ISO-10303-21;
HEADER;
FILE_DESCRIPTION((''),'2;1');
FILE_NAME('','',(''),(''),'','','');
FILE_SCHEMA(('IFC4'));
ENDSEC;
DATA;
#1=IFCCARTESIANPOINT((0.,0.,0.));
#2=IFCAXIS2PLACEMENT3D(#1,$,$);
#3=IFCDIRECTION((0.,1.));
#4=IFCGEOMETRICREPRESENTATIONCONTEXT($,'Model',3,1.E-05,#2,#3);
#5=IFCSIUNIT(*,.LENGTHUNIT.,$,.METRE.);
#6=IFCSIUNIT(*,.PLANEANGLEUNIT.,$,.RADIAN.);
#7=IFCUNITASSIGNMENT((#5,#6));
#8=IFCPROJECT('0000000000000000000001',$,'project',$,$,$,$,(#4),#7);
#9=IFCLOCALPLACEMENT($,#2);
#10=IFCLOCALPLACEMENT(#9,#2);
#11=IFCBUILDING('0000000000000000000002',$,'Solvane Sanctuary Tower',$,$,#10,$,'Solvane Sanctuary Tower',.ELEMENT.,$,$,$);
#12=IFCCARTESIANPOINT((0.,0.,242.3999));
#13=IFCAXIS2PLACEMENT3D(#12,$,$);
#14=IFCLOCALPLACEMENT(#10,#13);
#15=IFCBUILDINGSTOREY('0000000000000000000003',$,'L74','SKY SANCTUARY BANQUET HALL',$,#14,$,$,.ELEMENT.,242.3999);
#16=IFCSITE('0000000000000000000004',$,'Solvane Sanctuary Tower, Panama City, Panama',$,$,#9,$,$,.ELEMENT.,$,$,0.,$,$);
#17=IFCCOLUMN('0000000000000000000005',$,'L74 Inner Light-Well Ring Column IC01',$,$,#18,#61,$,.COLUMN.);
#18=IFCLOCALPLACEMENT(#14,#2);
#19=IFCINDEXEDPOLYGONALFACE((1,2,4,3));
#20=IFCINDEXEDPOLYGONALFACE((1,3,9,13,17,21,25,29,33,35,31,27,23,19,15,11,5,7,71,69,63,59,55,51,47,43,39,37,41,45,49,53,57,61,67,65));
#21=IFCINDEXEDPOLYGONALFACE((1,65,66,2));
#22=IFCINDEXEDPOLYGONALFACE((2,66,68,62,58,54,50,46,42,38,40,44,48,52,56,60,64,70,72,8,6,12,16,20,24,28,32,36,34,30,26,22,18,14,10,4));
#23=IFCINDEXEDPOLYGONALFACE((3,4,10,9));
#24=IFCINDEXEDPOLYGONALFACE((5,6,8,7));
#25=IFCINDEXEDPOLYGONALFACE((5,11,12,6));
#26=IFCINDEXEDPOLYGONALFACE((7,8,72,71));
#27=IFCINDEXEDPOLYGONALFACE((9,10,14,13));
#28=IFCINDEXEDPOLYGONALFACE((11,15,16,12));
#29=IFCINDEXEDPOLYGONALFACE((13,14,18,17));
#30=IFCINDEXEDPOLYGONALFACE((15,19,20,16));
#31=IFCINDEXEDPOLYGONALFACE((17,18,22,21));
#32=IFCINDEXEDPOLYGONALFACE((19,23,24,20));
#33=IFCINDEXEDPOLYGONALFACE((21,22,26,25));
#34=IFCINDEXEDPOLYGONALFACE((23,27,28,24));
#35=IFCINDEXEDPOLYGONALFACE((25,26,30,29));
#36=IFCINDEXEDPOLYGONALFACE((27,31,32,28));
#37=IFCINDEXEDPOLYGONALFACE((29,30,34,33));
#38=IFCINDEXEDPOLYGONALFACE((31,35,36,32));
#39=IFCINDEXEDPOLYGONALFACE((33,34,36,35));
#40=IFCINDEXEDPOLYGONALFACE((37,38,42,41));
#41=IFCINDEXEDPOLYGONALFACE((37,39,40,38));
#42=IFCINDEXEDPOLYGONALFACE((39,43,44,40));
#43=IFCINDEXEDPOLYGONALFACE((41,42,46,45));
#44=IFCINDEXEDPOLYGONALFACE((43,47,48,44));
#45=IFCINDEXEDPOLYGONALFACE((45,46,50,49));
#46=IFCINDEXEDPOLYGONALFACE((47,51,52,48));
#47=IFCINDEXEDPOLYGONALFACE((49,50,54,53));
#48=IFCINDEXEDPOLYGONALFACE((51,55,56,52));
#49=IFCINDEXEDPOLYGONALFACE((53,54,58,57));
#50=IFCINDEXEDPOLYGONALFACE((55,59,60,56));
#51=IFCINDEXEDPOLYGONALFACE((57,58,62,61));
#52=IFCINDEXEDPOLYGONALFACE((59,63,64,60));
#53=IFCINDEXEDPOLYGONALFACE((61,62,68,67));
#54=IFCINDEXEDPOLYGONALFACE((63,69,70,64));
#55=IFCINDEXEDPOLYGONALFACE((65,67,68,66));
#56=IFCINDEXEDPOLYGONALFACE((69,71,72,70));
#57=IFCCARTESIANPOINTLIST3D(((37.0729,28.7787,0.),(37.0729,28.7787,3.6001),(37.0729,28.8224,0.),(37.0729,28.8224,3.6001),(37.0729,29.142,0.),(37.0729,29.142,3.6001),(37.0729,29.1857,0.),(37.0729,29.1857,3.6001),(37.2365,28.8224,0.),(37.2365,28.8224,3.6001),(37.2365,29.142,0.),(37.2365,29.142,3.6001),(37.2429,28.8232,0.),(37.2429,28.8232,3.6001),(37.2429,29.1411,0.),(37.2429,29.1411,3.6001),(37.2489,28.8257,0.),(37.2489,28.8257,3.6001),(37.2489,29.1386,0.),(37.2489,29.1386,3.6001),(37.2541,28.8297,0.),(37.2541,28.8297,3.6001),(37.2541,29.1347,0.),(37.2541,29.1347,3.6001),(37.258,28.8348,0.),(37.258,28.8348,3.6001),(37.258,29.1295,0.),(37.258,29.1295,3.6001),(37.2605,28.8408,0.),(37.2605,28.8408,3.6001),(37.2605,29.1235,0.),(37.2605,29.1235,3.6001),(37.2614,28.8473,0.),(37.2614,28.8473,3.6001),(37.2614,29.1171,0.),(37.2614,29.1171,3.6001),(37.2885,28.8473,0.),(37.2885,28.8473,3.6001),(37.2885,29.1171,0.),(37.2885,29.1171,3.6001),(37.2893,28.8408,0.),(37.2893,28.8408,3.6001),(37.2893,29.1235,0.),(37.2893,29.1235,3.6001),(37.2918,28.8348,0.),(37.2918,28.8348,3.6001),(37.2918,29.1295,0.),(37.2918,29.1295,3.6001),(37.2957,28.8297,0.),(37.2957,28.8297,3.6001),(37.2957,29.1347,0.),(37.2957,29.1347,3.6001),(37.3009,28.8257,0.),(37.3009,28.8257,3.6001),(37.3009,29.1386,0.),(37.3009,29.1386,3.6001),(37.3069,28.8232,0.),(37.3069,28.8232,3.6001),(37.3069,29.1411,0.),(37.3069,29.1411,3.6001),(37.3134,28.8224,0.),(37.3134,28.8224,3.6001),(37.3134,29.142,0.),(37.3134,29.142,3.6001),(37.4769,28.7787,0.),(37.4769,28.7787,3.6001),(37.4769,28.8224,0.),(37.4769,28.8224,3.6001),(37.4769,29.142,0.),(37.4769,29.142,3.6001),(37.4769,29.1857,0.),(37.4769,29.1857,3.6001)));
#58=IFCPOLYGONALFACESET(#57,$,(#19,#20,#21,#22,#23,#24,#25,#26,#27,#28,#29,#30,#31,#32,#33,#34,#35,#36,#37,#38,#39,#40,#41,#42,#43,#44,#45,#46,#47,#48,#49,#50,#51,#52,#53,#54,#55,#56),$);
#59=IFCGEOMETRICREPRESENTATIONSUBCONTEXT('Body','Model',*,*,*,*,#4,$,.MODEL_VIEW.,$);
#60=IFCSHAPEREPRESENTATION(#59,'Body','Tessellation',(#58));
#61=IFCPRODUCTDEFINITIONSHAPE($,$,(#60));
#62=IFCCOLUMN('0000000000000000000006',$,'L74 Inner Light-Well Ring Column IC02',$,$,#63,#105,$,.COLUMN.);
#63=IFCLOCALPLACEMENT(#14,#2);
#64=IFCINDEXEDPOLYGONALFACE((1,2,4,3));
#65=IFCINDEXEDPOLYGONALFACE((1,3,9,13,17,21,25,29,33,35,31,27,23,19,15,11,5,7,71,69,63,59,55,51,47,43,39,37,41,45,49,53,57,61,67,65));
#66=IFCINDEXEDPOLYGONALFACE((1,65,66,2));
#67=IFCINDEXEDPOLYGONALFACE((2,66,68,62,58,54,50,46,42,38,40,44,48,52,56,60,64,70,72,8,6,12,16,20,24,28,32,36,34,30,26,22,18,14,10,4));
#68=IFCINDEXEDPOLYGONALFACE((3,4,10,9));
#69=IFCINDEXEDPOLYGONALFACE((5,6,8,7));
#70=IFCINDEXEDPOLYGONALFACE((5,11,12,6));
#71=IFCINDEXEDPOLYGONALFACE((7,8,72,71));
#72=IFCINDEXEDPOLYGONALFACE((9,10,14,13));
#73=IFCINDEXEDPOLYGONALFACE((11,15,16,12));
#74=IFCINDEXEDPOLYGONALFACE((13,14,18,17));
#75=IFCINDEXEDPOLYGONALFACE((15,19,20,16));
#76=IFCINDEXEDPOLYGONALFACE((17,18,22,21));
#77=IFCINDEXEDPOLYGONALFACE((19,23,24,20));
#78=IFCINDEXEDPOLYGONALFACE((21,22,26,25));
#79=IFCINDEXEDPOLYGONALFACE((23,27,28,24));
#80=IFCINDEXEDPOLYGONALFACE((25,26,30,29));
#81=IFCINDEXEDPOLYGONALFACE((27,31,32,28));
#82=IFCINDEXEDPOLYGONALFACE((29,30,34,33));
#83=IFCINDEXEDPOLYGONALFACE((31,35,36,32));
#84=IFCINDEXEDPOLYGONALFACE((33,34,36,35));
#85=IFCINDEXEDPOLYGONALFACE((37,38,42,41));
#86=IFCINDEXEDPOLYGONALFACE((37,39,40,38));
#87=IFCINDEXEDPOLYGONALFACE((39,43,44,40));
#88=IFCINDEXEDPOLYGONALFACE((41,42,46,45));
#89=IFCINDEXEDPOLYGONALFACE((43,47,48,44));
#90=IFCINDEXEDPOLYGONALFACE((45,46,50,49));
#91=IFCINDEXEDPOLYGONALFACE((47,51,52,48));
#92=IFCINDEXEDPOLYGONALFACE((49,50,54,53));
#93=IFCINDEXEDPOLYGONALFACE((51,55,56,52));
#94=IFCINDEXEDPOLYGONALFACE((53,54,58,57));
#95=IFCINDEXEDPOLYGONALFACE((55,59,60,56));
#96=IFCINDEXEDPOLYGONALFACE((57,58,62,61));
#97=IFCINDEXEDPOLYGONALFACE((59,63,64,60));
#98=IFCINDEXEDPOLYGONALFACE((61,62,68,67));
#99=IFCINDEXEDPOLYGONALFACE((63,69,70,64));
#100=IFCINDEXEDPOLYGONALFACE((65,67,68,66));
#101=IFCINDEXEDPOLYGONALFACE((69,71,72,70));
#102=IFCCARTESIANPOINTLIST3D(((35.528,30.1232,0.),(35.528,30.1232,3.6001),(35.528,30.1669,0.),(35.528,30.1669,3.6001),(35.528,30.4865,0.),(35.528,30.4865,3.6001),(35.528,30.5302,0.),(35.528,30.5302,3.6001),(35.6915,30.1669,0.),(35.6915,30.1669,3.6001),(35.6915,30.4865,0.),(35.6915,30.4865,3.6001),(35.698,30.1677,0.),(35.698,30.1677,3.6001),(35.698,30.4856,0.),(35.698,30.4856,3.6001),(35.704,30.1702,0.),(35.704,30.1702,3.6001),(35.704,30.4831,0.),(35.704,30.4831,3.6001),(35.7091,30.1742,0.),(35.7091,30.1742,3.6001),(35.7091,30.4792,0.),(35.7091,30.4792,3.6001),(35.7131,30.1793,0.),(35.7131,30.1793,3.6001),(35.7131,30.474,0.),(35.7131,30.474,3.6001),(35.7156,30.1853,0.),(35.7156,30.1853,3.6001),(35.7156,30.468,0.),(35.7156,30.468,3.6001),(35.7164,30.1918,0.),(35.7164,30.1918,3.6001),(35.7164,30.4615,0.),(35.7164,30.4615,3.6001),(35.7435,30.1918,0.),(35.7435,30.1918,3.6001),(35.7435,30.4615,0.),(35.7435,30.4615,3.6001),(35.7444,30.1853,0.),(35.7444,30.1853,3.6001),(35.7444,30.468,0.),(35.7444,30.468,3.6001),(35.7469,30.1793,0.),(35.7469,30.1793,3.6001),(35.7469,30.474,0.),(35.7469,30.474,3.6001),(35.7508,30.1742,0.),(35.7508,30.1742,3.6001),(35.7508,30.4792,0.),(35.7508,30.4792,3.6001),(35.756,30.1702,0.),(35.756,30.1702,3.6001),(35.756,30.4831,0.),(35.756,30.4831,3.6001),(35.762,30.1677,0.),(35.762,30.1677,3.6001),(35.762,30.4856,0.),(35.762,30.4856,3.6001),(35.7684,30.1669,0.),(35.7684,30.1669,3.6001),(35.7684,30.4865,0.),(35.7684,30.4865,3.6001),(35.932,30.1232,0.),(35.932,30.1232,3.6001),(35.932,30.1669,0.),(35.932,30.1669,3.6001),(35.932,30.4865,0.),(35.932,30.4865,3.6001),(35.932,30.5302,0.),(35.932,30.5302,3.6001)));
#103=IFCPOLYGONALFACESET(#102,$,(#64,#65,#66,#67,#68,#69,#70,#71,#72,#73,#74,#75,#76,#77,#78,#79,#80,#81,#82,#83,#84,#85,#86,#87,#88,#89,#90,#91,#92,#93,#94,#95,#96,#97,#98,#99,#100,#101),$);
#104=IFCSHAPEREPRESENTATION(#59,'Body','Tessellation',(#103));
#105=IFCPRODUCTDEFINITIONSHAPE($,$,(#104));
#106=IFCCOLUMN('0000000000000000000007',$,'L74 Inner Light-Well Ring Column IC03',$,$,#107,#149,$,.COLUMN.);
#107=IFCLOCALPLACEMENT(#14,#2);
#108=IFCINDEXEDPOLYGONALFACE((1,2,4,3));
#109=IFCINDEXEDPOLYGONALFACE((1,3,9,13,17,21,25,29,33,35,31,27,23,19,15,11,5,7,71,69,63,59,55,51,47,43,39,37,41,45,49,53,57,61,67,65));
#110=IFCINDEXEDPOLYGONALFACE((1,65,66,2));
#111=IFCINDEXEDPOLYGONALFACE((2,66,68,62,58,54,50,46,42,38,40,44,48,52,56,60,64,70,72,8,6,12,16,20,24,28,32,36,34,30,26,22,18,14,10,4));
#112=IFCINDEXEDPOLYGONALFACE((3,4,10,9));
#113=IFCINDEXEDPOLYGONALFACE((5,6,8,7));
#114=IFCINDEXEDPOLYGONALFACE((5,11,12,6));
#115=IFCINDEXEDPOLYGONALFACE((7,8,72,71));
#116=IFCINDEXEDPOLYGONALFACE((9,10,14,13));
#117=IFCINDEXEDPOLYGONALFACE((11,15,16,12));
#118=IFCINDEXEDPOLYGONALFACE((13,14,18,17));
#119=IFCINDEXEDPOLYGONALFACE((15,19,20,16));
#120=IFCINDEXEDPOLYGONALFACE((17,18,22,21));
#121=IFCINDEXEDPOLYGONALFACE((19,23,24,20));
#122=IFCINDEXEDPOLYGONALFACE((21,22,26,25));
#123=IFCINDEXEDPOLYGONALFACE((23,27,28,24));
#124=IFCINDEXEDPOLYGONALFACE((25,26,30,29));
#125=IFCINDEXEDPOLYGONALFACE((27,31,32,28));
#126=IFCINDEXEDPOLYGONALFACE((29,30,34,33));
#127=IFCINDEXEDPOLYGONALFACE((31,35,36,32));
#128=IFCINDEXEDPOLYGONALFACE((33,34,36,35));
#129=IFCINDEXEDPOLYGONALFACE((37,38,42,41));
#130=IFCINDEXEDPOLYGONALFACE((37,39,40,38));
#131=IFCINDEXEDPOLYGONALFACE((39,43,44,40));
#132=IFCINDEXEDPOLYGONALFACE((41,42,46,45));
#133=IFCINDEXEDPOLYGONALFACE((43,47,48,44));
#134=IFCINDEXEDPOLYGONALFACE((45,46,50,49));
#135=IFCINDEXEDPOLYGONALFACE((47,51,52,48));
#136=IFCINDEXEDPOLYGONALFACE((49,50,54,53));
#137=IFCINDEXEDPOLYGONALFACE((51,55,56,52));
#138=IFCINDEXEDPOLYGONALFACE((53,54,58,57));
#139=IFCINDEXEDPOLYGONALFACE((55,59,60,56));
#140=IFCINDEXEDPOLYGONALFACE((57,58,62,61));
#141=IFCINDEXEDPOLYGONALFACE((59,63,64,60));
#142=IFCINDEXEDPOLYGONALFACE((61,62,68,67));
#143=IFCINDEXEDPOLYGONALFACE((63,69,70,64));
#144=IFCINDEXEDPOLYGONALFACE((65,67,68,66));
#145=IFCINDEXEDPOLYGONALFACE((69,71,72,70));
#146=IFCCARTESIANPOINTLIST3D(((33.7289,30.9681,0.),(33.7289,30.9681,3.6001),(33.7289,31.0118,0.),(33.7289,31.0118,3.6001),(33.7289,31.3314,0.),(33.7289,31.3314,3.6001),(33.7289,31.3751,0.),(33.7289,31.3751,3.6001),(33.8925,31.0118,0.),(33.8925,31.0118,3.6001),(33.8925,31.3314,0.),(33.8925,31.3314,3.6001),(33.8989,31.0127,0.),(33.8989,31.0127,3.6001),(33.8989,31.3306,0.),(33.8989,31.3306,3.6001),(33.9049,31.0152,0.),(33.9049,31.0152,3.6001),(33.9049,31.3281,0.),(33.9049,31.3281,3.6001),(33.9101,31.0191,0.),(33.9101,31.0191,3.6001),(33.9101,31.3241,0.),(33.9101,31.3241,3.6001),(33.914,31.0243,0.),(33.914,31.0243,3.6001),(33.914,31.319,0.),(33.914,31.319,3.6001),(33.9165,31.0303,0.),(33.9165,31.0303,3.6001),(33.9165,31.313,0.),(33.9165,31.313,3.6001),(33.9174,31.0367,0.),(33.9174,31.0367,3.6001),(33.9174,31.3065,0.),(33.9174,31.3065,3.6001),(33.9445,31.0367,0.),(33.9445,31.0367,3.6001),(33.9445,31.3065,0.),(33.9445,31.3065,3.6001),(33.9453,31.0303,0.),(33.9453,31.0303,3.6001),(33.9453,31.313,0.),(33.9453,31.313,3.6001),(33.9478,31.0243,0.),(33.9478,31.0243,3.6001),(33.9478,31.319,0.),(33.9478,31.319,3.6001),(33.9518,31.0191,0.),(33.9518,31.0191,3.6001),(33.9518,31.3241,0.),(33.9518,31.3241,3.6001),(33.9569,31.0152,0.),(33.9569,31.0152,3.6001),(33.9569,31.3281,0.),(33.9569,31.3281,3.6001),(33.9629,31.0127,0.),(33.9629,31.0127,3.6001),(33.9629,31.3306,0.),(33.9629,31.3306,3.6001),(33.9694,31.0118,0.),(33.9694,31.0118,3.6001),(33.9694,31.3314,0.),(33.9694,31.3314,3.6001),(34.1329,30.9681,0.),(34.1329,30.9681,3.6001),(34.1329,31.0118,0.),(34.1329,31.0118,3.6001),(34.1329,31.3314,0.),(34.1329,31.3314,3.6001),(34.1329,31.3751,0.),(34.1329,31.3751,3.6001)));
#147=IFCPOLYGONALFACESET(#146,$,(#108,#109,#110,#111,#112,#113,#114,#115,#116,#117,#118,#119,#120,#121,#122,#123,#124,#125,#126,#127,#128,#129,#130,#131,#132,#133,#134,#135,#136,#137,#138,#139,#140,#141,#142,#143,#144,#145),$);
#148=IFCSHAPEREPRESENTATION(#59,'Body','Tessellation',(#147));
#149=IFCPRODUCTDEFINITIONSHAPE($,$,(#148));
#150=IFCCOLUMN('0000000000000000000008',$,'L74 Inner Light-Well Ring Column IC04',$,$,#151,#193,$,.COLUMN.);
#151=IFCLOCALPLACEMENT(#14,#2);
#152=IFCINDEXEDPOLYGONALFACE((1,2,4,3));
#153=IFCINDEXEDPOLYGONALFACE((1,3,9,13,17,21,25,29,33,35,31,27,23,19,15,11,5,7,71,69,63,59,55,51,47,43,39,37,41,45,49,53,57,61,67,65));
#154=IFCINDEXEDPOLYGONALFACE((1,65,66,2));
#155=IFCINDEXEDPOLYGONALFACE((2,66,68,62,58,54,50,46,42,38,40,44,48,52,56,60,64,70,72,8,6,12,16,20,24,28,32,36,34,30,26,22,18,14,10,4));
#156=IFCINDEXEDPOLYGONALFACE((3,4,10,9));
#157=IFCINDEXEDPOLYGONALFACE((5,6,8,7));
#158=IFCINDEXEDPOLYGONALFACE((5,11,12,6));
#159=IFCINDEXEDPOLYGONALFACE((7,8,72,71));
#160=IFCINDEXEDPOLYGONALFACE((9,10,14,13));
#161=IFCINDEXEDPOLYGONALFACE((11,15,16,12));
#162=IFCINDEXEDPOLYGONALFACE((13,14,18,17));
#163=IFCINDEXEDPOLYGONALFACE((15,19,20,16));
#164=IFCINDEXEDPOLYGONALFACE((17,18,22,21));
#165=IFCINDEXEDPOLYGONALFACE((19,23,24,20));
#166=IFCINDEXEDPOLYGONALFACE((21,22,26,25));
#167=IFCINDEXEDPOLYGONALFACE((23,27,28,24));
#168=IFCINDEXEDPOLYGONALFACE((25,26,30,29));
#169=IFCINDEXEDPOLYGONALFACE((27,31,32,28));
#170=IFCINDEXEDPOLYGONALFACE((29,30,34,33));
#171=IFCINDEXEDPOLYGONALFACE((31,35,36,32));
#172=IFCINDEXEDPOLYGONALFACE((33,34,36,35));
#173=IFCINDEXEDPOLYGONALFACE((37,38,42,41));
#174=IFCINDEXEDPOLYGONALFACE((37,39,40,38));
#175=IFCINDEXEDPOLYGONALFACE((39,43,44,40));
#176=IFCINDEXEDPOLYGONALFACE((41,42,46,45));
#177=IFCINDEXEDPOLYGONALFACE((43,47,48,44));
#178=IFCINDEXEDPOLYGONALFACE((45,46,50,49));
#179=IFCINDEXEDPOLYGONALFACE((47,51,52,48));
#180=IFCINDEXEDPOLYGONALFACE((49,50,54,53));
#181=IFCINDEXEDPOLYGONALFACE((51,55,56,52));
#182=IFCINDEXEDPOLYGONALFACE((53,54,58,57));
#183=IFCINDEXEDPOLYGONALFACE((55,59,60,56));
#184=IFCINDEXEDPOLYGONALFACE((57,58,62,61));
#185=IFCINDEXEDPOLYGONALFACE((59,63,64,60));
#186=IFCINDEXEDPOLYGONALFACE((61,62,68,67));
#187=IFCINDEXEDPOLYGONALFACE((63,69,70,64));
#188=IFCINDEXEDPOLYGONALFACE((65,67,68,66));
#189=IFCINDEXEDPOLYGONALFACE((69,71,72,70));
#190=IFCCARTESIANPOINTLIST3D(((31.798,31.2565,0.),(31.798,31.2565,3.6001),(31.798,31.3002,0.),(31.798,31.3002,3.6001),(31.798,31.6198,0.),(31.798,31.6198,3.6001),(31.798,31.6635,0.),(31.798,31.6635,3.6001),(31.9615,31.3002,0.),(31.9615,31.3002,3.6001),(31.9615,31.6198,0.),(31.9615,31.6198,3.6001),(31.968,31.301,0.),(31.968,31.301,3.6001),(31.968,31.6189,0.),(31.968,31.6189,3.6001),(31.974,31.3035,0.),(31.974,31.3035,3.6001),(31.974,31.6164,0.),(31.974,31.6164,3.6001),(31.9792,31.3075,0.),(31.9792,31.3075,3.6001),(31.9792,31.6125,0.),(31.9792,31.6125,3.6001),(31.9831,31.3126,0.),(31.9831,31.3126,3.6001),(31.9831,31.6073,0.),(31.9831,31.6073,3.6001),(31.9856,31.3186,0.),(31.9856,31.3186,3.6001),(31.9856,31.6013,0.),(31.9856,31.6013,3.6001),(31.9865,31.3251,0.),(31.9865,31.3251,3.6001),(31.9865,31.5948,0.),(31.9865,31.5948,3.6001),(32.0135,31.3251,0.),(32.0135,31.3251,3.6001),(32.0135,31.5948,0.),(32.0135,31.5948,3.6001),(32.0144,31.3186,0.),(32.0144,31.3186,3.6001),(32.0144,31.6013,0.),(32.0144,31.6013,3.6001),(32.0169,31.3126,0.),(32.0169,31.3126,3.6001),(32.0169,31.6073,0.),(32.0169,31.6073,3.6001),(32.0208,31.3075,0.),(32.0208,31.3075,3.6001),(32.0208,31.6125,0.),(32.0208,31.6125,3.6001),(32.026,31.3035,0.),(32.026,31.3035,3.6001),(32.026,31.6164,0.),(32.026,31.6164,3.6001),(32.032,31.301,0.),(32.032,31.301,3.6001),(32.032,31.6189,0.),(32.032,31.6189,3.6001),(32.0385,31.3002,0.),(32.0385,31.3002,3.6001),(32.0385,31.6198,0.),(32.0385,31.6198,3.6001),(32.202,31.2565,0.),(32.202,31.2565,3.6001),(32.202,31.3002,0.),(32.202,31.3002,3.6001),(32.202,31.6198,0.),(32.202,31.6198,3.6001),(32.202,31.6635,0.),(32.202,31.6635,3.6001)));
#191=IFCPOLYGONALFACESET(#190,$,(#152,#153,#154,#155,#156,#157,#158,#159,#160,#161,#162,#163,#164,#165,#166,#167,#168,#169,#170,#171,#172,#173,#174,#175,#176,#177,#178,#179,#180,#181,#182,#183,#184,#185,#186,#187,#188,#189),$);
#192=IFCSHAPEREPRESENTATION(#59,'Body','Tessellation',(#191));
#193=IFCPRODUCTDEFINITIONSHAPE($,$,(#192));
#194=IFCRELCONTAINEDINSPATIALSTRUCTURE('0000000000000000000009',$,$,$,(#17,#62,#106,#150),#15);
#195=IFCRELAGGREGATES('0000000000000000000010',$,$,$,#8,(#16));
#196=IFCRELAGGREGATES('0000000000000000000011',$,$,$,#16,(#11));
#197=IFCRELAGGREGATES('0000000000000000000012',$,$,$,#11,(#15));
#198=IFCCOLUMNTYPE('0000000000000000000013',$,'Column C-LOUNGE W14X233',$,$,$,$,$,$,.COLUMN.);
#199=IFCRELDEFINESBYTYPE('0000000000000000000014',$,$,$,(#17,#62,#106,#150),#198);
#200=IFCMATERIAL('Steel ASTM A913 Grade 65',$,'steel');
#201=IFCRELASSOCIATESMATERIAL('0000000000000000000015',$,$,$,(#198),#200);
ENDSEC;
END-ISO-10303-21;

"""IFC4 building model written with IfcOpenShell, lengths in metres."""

from ifc_helpers import new_model, si_unit, direction, frame, origin, origin_2d, place, context, subcontext, project, spatial, i_section, extrude, material, material_profile, profile_set, type_object, element, save


model = new_model("IFC4")

# Units and contexts
model_context = context("Model", 3, precision=1e-05, world=origin(), true_north=direction((0.0, 1.0)))
body_context = subcontext(model_context, "Body", "Model", "MODEL_VIEW")
ifc_project = project(units=[si_unit("LENGTHUNIT", "METRE"), si_unit("PLANEANGLEUNIT", "RADIAN")], contexts=[model_context])

# Site, building, storey
site_placement = place(None, origin())
site = spatial("IfcSite", under=ifc_project, at=site_placement, Name="Solvane Sanctuary Tower, Panama City, Panama", CompositionType="ELEMENT", RefElevation=0.0)
building_placement = place(site_placement, origin())
building = spatial("IfcBuilding", under=site, at=building_placement, Name="Solvane Sanctuary Tower", LongName="Solvane Sanctuary Tower", CompositionType="ELEMENT")
storey_placement = place(building_placement, frame((0.0, 0.0, 242.3999)))
storey = spatial("IfcBuildingStorey", under=building, at=storey_placement, Name="L74", Description="SKY SANCTUARY BANQUET HALL", CompositionType="ELEMENT", Elevation=242.3999)

# Columns
ifc_material_1 = material(Name="Steel ASTM A913 Grade 65", Category="steel")
ifc_material_profile_1 = material_profile(ifc_material_1, i_section(OverallWidth=0.4041, OverallDepth=0.407, WebThickness=0.0271, FlangeThickness=0.0437, FilletRadius=0.0249, at=origin_2d()), Name="W14X233")
ifc_profile_set_1 = profile_set([ifc_material_profile_1], Name="Steel ASTM A913 Grade 65")
column_type = type_object("IfcColumnType", Name="Column C-LOUNGE W14X233", PredefinedType="COLUMN", material=ifc_profile_set_1)
for number, where, z_axis, x_axis, name in (
    (1, (37.2749, 28.9822, 0.0), (0.0, 0.0, 1.0), (1.0, 0.0, 0.0), "L74 Inner Light-Well Ring Column IC01"),
    (2, (35.73, 30.3267, 0.0), (0.0, 0.0, 1.0), (1.0, 0.0, 0.0), "L74 Inner Light-Well Ring Column IC02"),
    (3, (33.9309, 31.1716, 0.0), (0.0, 0.0, 1.0), (1.0, 0.0, 0.0), "L74 Inner Light-Well Ring Column IC03"),
    (4, (32.0, 31.46, 0.0), (0.0, 0.0, 1.0), (1.0, 0.0, 0.0), "L74 Inner Light-Well Ring Column IC04"),
):
    element("IfcColumn", number, at=place(storey_placement, frame(where, z_axis=z_axis, x_axis=x_axis)), inside=storey, type_object=column_type, Name=name, PredefinedType="COLUMN", context=body_context, shape_type="SweptSolid", body=[
        extrude(i_section(OverallWidth=0.4041, OverallDepth=0.407, WebThickness=0.0271, FlangeThickness=0.0437, FilletRadius=0.0249, at=origin_2d()), origin(), (0.0, 0.0, 1.0), 3.6001),
    ])

save(model, "model.ifc")
